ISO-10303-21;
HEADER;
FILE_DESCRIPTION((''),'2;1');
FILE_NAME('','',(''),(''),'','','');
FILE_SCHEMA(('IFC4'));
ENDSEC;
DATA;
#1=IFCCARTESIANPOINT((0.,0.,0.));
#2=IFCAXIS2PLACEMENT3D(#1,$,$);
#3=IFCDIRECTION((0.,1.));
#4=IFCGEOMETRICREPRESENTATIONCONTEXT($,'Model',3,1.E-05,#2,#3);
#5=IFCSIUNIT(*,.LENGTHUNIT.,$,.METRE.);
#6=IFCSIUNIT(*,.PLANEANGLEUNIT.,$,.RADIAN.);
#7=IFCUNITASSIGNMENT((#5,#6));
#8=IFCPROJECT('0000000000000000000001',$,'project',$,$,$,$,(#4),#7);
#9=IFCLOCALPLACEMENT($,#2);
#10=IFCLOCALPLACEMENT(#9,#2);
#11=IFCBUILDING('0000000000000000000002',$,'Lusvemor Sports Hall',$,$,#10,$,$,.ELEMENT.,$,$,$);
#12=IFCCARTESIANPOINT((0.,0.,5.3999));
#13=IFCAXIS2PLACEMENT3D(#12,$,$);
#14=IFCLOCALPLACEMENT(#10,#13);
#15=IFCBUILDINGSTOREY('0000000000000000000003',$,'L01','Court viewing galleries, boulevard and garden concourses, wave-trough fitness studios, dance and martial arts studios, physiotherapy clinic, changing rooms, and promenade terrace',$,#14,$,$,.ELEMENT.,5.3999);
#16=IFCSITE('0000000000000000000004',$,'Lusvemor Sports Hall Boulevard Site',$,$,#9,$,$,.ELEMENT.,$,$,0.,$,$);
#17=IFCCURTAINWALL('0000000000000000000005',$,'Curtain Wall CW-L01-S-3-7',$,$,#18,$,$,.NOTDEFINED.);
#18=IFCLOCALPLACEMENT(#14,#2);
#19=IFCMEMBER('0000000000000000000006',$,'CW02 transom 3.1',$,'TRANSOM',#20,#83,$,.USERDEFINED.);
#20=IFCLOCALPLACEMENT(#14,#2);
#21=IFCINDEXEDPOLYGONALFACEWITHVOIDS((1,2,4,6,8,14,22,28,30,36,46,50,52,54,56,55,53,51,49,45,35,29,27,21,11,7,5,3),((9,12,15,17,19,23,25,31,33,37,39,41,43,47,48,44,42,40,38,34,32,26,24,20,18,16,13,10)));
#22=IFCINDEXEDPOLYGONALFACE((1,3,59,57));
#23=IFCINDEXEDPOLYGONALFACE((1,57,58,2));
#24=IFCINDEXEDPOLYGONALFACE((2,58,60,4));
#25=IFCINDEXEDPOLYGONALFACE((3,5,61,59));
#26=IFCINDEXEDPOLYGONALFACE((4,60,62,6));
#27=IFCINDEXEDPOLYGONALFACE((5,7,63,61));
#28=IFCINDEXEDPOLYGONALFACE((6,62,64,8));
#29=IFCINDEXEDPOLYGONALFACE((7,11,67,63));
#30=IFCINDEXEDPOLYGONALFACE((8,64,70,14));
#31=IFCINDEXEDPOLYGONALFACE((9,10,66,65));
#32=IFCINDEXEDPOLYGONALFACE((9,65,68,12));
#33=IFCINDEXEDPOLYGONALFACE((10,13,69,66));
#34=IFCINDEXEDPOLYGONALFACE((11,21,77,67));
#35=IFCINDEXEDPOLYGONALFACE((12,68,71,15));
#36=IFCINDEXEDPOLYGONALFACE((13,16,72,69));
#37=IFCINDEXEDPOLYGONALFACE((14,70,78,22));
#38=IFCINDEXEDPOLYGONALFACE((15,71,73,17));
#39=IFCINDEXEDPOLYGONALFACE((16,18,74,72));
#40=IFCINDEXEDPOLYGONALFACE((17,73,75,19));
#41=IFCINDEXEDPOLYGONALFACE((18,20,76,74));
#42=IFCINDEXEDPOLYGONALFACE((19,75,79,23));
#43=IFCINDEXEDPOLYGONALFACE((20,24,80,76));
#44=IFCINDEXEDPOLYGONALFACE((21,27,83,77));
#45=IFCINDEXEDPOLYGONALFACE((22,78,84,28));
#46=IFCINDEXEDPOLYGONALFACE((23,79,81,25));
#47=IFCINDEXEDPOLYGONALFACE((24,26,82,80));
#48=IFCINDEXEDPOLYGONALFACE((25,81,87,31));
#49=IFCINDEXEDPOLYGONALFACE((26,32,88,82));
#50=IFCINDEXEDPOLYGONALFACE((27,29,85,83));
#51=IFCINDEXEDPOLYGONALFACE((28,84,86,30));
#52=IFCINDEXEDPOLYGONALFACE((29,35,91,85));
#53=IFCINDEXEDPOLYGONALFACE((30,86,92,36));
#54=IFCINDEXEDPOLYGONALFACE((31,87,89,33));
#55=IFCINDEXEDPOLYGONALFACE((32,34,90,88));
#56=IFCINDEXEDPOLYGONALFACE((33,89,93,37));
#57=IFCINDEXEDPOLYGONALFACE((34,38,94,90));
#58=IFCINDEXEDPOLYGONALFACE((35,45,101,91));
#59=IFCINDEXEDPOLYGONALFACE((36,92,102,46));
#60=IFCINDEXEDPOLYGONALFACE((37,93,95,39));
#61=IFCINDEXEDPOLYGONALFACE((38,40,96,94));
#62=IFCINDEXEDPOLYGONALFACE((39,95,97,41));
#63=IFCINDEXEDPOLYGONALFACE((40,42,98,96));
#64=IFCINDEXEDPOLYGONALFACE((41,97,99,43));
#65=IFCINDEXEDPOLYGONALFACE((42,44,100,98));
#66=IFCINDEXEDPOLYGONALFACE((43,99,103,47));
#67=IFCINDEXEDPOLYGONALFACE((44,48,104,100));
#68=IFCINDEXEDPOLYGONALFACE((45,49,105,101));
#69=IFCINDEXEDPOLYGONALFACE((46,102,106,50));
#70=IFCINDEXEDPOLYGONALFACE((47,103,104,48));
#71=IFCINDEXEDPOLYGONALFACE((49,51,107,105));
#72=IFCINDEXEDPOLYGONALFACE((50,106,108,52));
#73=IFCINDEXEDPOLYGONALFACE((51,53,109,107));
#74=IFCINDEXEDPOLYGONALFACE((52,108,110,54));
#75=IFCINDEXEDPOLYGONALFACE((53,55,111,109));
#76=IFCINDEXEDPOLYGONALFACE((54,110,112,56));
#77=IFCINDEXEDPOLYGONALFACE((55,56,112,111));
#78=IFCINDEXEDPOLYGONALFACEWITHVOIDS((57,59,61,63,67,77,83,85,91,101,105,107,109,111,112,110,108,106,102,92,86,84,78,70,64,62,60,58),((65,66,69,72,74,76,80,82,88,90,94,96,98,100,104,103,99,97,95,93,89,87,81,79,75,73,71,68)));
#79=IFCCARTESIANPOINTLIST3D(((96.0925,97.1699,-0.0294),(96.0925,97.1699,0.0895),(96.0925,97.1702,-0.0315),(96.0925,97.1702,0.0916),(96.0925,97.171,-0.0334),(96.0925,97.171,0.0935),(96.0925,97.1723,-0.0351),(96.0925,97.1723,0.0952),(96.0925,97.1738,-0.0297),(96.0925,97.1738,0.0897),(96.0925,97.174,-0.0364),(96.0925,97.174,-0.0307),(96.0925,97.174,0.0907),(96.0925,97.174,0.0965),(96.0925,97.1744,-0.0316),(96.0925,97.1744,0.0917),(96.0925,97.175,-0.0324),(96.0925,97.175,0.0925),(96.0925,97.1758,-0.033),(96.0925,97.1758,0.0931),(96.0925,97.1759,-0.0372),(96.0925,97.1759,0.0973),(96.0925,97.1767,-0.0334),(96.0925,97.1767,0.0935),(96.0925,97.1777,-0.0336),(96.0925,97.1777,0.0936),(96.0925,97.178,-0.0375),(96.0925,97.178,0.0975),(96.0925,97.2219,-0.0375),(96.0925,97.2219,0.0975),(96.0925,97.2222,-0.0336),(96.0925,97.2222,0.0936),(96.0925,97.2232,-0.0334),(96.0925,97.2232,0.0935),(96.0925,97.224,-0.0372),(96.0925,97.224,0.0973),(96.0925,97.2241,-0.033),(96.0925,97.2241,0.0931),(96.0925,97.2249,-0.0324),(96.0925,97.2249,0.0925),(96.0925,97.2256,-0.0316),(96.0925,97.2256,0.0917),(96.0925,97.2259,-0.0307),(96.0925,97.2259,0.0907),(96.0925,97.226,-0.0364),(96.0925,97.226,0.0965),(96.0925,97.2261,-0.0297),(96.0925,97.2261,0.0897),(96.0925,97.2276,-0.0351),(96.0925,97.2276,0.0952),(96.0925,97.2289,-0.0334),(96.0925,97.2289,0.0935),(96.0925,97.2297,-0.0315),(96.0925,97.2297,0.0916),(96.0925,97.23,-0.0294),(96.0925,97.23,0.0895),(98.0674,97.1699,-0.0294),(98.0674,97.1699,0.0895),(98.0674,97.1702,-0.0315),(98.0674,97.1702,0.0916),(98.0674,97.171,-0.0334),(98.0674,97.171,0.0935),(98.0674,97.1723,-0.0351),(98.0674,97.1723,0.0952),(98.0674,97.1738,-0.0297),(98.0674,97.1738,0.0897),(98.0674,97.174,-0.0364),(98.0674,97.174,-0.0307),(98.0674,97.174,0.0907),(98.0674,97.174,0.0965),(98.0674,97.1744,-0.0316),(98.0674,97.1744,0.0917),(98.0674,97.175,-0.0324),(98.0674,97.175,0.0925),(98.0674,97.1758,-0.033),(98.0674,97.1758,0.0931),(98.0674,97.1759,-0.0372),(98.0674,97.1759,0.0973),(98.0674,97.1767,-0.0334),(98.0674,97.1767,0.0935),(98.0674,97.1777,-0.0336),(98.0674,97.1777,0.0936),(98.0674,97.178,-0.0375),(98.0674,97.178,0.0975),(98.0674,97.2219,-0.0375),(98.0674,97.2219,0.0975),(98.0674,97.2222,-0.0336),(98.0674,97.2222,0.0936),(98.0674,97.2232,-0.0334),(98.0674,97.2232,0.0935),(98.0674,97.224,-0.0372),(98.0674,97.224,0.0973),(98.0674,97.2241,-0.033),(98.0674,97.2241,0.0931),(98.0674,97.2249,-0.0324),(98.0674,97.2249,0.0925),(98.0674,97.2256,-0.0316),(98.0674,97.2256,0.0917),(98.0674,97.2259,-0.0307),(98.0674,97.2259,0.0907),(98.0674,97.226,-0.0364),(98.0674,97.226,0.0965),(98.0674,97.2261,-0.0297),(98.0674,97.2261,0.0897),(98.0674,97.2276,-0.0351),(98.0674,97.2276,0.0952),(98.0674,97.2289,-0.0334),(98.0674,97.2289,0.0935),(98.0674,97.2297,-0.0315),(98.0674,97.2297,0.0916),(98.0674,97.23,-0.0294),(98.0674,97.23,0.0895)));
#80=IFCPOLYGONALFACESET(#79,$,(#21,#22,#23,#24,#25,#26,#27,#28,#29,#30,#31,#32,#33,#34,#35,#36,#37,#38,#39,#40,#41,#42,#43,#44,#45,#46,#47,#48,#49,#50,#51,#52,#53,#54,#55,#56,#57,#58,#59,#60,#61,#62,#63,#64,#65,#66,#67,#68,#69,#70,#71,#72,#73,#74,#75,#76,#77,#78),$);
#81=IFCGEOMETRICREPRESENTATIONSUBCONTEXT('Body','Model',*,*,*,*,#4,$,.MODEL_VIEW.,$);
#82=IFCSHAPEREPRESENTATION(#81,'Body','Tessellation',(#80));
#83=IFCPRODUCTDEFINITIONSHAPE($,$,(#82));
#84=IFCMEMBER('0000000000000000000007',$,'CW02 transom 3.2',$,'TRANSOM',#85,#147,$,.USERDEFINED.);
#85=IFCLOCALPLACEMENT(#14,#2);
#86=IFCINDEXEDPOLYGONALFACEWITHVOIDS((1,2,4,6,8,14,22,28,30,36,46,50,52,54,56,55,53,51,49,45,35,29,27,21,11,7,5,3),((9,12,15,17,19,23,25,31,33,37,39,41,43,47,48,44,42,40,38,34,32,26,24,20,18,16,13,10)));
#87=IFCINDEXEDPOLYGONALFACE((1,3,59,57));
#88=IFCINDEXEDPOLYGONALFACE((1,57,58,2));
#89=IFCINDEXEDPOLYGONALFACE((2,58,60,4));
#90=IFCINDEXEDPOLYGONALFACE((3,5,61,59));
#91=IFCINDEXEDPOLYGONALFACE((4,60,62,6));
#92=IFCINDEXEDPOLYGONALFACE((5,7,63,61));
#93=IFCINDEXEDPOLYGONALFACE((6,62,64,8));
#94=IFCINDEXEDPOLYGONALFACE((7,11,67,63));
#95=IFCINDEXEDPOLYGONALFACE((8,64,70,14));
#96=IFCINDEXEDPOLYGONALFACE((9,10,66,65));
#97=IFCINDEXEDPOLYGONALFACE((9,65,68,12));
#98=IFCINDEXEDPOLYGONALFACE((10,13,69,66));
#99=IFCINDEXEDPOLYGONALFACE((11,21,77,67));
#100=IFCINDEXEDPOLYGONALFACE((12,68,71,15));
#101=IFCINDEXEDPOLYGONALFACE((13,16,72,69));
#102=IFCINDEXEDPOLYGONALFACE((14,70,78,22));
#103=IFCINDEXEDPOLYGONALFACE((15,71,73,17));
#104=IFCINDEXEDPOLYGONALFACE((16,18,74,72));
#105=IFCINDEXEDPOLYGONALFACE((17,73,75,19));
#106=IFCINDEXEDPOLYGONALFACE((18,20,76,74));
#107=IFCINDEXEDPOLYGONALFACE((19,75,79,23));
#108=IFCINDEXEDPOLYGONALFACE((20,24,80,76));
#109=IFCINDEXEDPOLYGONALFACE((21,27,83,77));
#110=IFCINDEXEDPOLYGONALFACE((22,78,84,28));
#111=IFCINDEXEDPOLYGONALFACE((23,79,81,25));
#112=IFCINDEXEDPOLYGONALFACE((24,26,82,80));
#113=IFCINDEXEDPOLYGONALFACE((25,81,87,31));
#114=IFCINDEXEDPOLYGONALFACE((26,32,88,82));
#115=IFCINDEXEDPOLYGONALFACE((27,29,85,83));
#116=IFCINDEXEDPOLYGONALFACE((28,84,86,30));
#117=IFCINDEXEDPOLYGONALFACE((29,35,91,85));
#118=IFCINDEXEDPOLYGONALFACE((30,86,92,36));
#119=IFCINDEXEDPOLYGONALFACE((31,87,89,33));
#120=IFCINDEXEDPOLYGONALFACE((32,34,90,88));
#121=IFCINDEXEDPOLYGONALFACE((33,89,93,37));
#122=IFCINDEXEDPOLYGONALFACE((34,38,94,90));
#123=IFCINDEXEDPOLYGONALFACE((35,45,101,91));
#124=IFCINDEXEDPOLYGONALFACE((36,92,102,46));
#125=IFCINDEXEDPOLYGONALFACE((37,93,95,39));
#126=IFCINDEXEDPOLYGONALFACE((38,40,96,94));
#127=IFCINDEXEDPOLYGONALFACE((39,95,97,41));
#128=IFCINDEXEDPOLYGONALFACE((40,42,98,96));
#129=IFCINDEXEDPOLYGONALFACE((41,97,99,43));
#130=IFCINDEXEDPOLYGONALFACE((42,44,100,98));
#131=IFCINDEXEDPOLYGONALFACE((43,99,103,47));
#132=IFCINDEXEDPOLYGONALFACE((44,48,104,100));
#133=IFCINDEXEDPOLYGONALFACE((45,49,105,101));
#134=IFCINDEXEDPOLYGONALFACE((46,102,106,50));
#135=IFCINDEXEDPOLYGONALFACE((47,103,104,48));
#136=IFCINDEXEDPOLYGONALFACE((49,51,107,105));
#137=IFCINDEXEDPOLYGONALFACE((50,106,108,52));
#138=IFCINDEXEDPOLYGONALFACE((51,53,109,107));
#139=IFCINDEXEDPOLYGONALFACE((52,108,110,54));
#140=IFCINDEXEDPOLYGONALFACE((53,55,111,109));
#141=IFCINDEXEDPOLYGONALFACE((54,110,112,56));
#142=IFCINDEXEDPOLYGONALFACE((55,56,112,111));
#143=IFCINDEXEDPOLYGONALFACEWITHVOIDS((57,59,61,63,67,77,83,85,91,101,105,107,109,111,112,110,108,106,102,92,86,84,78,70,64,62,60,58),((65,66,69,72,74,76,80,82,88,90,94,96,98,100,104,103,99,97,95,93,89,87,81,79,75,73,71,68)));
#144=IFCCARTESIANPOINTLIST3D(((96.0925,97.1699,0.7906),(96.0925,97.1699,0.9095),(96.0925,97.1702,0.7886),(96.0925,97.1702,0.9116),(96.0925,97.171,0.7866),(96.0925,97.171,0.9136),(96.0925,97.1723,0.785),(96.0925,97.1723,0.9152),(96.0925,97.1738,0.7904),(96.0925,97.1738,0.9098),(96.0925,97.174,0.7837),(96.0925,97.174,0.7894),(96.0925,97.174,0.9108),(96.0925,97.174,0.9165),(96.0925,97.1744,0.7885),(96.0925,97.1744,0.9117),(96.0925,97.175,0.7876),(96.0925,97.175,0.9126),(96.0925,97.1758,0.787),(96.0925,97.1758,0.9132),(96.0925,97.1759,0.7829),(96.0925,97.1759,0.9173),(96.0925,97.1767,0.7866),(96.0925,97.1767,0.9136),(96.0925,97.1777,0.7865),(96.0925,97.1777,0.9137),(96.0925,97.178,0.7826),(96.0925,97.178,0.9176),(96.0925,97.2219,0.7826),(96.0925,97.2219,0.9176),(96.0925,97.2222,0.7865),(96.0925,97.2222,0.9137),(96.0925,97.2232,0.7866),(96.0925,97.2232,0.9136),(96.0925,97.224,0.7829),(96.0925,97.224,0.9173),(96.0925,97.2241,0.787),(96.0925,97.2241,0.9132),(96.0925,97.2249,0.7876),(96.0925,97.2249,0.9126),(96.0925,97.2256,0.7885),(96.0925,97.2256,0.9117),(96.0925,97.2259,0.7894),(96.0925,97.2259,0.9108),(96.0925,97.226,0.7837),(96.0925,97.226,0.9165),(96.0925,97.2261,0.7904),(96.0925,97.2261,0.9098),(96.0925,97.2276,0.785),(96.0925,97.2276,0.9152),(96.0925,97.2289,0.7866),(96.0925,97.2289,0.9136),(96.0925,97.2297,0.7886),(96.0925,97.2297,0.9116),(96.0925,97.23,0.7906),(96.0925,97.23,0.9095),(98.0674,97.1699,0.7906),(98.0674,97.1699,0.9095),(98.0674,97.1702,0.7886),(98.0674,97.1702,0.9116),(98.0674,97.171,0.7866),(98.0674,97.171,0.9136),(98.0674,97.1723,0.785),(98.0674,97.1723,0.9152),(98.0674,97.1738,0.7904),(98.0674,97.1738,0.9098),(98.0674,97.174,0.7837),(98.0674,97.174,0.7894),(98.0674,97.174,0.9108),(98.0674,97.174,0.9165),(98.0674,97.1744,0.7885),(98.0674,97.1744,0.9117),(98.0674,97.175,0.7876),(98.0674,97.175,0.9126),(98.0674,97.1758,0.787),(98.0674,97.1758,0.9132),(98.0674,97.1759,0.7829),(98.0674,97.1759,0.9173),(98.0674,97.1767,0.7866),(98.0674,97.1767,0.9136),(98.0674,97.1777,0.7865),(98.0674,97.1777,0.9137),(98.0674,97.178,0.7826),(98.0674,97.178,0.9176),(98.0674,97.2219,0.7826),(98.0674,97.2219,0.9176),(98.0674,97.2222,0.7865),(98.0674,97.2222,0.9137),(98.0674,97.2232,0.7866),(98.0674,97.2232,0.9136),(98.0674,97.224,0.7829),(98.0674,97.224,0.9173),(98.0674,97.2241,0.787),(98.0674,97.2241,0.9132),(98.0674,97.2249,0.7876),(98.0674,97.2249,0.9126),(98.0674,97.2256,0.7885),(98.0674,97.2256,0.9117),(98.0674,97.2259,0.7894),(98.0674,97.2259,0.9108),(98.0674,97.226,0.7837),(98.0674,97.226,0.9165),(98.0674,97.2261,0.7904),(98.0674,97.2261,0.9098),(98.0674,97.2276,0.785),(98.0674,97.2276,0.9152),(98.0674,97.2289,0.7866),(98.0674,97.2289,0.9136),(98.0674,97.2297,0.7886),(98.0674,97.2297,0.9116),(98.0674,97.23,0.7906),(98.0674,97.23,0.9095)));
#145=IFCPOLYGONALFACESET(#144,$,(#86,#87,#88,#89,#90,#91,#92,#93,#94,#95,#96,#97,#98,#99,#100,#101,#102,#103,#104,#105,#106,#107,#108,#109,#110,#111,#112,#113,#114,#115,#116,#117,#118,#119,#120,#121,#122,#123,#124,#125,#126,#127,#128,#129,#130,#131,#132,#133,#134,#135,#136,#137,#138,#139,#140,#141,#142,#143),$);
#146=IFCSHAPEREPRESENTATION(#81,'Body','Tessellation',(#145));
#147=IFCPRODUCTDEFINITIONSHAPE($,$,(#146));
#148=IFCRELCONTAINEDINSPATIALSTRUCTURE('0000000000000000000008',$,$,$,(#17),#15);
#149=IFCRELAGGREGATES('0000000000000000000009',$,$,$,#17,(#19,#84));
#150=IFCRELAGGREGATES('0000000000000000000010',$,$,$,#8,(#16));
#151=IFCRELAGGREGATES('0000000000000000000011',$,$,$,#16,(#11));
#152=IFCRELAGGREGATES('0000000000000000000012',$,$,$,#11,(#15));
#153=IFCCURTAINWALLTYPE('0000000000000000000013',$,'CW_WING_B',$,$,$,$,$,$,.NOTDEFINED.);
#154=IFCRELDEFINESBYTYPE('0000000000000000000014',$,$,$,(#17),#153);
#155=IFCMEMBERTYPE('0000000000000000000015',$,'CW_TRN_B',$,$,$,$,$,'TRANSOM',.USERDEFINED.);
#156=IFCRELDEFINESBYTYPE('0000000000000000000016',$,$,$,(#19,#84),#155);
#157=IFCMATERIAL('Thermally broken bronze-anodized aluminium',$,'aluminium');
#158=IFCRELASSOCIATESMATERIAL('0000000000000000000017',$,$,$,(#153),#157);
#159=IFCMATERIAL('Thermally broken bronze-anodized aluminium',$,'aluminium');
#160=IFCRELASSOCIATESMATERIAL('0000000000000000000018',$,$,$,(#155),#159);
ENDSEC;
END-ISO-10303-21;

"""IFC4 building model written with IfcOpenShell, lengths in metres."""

from ifc_helpers import new_model, si_unit, direction, frame, origin, origin_2d, place, context, subcontext, project, spatial, hollow_rectangle, extrude, material, material_profile, profile_set, type_object, element, aggregate, save


model = new_model("IFC4")

# Units and contexts
model_context = context("Model", 3, precision=1e-05, world=origin(), true_north=direction((0.0, 1.0)))
body_context = subcontext(model_context, "Body", "Model", "MODEL_VIEW")
ifc_project = project(units=[si_unit("LENGTHUNIT", "METRE"), si_unit("PLANEANGLEUNIT", "RADIAN")], contexts=[model_context])

# Site, building, storey
site_placement = place(None, origin())
site = spatial("IfcSite", under=ifc_project, at=site_placement, Name="Lusvemor Sports Hall Boulevard Site", CompositionType="ELEMENT", RefElevation=0.0)
building_placement = place(site_placement, origin())
building = spatial("IfcBuilding", under=site, at=building_placement, Name="Lusvemor Sports Hall", CompositionType="ELEMENT")
storey_placement = place(building_placement, frame((0.0, 0.0, 5.3999)))
storey = spatial("IfcBuildingStorey", under=building, at=storey_placement, Name="L01", Description="Court viewing galleries, boulevard and garden concourses, wave-trough fitness studios, dance and martial arts studios, physiotherapy clinic, changing rooms, and promenade terrace", CompositionType="ELEMENT", Elevation=5.3999)

# Curtain wall, members
ifc_material_1 = material(Name="Thermally broken bronze-anodized aluminium", Category="aluminium")
curtain_wall_type = type_object("IfcCurtainWallType", Name="CW_WING_B", PredefinedType="NOTDEFINED", material=ifc_material_1)
curtain_wall_placement = place(storey_placement, origin())
curtain_wall = element("IfcCurtainWall", 1, at=curtain_wall_placement, inside=storey, type_object=curtain_wall_type, Name="Curtain Wall CW-L01-S-3-7", PredefinedType="NOTDEFINED")
ifc_material_2 = material(Name="Thermally broken bronze-anodized aluminium", Category="aluminium")
ifc_material_profile_1 = material_profile(ifc_material_2, hollow_rectangle(XDim=0.0601, YDim=0.135, WallThickness=0.0039, InnerFilletRadius=0.0039, OuterFilletRadius=0.0081, at=origin_2d()), Name="CWTRN135x60x4")
ifc_profile_set_1 = profile_set([ifc_material_profile_1], Name="Thermally broken bronze-anodized aluminium")
member_type_1 = type_object("IfcMemberType", Name="CW_TRN_B", ElementType="TRANSOM", PredefinedType="USERDEFINED", material=ifc_profile_set_1)
member_1_placement = place(storey_placement, frame((98.0674, 97.2, 0.03), z_axis=(-1.0, 0.0, 0.0), x_axis=(0.0, -1.0, 0.0)))
member_1 = element("IfcMember", 2, at=member_1_placement, type_object=member_type_1, Name="CW02 transom 3.1", ObjectType="TRANSOM", PredefinedType="USERDEFINED", context=body_context, shape_type="SweptSolid", body=[
    extrude(hollow_rectangle(XDim=0.0601, YDim=0.135, WallThickness=0.0039, InnerFilletRadius=0.0039, OuterFilletRadius=0.0081, at=origin_2d()), origin(), (0.0, 0.0, 1.0), 1.9749),
])
member_2_placement = place(storey_placement, frame((98.0674, 97.2, 0.8501), z_axis=(-1.0, 0.0, 0.0), x_axis=(0.0, -1.0, 0.0)))
member_2 = element("IfcMember", 3, at=member_2_placement, type_object=member_type_1, Name="CW02 transom 3.2", ObjectType="TRANSOM", PredefinedType="USERDEFINED", context=body_context, shape_type="SweptSolid", body=[
    extrude(hollow_rectangle(XDim=0.0601, YDim=0.135, WallThickness=0.0039, InnerFilletRadius=0.0039, OuterFilletRadius=0.0081, at=origin_2d()), origin(), (0.0, 0.0, 1.0), 1.9749),
])

aggregate(curtain_wall, [member_1, member_2])

save(model, "model.ifc")
